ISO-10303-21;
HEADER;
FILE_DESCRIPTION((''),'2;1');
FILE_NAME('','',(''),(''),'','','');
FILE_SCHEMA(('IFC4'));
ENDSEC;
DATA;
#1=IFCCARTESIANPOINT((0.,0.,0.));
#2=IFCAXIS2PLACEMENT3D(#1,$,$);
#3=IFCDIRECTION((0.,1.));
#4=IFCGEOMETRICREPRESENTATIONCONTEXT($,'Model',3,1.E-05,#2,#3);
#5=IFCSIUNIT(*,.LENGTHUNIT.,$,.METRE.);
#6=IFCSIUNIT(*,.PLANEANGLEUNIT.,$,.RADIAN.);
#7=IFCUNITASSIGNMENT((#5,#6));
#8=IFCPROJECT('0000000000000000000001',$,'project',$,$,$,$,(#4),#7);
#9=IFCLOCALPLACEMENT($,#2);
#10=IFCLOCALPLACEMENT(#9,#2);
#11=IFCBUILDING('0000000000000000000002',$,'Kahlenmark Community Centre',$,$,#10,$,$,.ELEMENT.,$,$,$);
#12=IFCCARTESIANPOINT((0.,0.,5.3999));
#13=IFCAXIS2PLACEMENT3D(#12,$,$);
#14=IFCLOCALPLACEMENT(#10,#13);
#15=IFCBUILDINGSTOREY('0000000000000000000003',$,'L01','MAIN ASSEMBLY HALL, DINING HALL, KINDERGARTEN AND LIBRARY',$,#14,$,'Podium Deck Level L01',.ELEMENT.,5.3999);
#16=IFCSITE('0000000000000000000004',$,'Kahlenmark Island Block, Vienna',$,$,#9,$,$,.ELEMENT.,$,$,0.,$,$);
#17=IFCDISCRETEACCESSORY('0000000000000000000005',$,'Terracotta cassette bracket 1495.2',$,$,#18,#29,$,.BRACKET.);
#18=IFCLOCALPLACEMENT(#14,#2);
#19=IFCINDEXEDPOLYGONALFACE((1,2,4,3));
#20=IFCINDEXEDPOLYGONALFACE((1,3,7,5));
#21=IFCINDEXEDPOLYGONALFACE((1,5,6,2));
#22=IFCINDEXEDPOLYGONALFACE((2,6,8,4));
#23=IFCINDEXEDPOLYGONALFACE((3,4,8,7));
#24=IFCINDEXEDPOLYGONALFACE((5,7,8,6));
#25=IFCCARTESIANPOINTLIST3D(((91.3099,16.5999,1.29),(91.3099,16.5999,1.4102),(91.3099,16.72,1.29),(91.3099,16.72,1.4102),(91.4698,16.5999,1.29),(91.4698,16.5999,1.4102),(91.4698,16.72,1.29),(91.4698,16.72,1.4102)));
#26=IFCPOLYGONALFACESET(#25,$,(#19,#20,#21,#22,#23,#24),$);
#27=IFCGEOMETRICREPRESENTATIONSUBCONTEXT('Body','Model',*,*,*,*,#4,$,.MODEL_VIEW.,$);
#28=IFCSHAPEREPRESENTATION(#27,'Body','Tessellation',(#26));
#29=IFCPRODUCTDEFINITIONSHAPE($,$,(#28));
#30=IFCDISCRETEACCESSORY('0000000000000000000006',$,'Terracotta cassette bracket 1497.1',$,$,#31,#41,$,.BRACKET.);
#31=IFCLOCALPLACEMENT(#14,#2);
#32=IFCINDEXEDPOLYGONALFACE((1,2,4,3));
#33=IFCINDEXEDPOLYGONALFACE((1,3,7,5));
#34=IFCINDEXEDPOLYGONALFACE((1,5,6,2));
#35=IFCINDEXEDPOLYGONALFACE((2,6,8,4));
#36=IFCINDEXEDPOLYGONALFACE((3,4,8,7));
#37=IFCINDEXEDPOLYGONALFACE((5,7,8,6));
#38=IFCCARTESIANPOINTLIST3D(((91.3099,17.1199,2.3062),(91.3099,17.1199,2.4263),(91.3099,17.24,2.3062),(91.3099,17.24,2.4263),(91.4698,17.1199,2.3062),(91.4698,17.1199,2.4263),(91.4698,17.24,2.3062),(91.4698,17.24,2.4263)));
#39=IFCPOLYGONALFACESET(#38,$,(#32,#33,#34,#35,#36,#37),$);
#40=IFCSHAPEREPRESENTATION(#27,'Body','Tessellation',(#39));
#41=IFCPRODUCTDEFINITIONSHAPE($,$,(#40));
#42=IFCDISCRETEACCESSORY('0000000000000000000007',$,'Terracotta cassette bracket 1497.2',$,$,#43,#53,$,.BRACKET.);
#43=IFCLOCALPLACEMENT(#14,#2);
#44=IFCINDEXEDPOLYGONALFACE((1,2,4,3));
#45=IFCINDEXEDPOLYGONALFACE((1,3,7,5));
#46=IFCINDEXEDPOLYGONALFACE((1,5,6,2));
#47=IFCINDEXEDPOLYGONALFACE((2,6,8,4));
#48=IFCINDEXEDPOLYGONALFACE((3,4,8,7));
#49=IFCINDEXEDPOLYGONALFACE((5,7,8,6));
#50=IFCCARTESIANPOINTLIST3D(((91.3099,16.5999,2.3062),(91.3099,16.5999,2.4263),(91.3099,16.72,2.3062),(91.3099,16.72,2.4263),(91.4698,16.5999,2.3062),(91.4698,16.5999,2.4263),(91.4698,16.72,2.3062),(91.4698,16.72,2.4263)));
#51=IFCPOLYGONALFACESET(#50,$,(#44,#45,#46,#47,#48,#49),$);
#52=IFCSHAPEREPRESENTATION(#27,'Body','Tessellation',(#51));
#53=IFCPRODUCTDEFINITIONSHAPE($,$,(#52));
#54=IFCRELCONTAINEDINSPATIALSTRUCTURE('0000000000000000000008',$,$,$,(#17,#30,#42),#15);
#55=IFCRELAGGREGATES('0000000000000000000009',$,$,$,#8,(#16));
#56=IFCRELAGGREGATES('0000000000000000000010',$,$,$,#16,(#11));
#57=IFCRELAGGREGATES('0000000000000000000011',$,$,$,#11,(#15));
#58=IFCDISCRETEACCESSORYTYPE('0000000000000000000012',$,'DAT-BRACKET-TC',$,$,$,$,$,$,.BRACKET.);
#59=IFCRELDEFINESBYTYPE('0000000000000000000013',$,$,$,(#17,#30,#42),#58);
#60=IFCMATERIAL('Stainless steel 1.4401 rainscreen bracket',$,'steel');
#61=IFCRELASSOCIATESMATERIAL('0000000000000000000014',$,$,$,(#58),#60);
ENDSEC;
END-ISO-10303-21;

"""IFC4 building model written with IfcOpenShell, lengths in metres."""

from ifc_helpers import new_model, si_unit, direction, frame, origin, origin_2d, place, context, subcontext, project, spatial, rectangle, extrude, material, type_object, element, save


model = new_model("IFC4")

# Units and contexts
model_context = context("Model", 3, precision=1e-05, world=origin(), true_north=direction((0.0, 1.0)))
body_context = subcontext(model_context, "Body", "Model", "MODEL_VIEW")
ifc_project = project(units=[si_unit("LENGTHUNIT", "METRE"), si_unit("PLANEANGLEUNIT", "RADIAN")], contexts=[model_context])

# Site, building, storey
site_placement = place(None, origin())
site = spatial("IfcSite", under=ifc_project, at=site_placement, Name="Kahlenmark Island Block, Vienna", CompositionType="ELEMENT", RefElevation=0.0)
building_placement = place(site_placement, origin())
building = spatial("IfcBuilding", under=site, at=building_placement, Name="Kahlenmark Community Centre", CompositionType="ELEMENT")
storey_placement = place(building_placement, frame((0.0, 0.0, 5.3999)))
storey = spatial("IfcBuildingStorey", under=building, at=storey_placement, Name="L01", Description="MAIN ASSEMBLY HALL, DINING HALL, KINDERGARTEN AND LIBRARY", LongName="Podium Deck Level L01", CompositionType="ELEMENT", Elevation=5.3999)

# Discrete accessories
ifc_material_1 = material(Name="Stainless steel 1.4401 rainscreen bracket", Category="steel")
discrete_accessory_type = type_object("IfcDiscreteAccessoryType", Name="DAT-BRACKET-TC", PredefinedType="BRACKET", material=ifc_material_1)
for number, where, z_axis, x_axis, name in (
    (1, (91.3899, 16.6599, 1.29), (0.0, 0.0, 1.0), (0.0, -1.0, 0.0), "Terracotta cassette bracket 1495.2"),
    (2, (91.3899, 17.1799, 2.3062), (0.0, 0.0, 1.0), (0.0, -1.0, 0.0), "Terracotta cassette bracket 1497.1"),
    (3, (91.3899, 16.6599, 2.3062), (0.0, 0.0, 1.0), (0.0, -1.0, 0.0), "Terracotta cassette bracket 1497.2"),
):
    element("IfcDiscreteAccessory", number, at=place(storey_placement, frame(where, z_axis=z_axis, x_axis=x_axis)), inside=storey, type_object=discrete_accessory_type, Name=name, PredefinedType="BRACKET", context=body_context, shape_type="SweptSolid", body=[
        extrude(rectangle(XDim=0.1201, YDim=0.1599, at=origin_2d()), origin(), (0.0, 0.0, 1.0), 0.1201),
    ])

save(model, "model.ifc")
